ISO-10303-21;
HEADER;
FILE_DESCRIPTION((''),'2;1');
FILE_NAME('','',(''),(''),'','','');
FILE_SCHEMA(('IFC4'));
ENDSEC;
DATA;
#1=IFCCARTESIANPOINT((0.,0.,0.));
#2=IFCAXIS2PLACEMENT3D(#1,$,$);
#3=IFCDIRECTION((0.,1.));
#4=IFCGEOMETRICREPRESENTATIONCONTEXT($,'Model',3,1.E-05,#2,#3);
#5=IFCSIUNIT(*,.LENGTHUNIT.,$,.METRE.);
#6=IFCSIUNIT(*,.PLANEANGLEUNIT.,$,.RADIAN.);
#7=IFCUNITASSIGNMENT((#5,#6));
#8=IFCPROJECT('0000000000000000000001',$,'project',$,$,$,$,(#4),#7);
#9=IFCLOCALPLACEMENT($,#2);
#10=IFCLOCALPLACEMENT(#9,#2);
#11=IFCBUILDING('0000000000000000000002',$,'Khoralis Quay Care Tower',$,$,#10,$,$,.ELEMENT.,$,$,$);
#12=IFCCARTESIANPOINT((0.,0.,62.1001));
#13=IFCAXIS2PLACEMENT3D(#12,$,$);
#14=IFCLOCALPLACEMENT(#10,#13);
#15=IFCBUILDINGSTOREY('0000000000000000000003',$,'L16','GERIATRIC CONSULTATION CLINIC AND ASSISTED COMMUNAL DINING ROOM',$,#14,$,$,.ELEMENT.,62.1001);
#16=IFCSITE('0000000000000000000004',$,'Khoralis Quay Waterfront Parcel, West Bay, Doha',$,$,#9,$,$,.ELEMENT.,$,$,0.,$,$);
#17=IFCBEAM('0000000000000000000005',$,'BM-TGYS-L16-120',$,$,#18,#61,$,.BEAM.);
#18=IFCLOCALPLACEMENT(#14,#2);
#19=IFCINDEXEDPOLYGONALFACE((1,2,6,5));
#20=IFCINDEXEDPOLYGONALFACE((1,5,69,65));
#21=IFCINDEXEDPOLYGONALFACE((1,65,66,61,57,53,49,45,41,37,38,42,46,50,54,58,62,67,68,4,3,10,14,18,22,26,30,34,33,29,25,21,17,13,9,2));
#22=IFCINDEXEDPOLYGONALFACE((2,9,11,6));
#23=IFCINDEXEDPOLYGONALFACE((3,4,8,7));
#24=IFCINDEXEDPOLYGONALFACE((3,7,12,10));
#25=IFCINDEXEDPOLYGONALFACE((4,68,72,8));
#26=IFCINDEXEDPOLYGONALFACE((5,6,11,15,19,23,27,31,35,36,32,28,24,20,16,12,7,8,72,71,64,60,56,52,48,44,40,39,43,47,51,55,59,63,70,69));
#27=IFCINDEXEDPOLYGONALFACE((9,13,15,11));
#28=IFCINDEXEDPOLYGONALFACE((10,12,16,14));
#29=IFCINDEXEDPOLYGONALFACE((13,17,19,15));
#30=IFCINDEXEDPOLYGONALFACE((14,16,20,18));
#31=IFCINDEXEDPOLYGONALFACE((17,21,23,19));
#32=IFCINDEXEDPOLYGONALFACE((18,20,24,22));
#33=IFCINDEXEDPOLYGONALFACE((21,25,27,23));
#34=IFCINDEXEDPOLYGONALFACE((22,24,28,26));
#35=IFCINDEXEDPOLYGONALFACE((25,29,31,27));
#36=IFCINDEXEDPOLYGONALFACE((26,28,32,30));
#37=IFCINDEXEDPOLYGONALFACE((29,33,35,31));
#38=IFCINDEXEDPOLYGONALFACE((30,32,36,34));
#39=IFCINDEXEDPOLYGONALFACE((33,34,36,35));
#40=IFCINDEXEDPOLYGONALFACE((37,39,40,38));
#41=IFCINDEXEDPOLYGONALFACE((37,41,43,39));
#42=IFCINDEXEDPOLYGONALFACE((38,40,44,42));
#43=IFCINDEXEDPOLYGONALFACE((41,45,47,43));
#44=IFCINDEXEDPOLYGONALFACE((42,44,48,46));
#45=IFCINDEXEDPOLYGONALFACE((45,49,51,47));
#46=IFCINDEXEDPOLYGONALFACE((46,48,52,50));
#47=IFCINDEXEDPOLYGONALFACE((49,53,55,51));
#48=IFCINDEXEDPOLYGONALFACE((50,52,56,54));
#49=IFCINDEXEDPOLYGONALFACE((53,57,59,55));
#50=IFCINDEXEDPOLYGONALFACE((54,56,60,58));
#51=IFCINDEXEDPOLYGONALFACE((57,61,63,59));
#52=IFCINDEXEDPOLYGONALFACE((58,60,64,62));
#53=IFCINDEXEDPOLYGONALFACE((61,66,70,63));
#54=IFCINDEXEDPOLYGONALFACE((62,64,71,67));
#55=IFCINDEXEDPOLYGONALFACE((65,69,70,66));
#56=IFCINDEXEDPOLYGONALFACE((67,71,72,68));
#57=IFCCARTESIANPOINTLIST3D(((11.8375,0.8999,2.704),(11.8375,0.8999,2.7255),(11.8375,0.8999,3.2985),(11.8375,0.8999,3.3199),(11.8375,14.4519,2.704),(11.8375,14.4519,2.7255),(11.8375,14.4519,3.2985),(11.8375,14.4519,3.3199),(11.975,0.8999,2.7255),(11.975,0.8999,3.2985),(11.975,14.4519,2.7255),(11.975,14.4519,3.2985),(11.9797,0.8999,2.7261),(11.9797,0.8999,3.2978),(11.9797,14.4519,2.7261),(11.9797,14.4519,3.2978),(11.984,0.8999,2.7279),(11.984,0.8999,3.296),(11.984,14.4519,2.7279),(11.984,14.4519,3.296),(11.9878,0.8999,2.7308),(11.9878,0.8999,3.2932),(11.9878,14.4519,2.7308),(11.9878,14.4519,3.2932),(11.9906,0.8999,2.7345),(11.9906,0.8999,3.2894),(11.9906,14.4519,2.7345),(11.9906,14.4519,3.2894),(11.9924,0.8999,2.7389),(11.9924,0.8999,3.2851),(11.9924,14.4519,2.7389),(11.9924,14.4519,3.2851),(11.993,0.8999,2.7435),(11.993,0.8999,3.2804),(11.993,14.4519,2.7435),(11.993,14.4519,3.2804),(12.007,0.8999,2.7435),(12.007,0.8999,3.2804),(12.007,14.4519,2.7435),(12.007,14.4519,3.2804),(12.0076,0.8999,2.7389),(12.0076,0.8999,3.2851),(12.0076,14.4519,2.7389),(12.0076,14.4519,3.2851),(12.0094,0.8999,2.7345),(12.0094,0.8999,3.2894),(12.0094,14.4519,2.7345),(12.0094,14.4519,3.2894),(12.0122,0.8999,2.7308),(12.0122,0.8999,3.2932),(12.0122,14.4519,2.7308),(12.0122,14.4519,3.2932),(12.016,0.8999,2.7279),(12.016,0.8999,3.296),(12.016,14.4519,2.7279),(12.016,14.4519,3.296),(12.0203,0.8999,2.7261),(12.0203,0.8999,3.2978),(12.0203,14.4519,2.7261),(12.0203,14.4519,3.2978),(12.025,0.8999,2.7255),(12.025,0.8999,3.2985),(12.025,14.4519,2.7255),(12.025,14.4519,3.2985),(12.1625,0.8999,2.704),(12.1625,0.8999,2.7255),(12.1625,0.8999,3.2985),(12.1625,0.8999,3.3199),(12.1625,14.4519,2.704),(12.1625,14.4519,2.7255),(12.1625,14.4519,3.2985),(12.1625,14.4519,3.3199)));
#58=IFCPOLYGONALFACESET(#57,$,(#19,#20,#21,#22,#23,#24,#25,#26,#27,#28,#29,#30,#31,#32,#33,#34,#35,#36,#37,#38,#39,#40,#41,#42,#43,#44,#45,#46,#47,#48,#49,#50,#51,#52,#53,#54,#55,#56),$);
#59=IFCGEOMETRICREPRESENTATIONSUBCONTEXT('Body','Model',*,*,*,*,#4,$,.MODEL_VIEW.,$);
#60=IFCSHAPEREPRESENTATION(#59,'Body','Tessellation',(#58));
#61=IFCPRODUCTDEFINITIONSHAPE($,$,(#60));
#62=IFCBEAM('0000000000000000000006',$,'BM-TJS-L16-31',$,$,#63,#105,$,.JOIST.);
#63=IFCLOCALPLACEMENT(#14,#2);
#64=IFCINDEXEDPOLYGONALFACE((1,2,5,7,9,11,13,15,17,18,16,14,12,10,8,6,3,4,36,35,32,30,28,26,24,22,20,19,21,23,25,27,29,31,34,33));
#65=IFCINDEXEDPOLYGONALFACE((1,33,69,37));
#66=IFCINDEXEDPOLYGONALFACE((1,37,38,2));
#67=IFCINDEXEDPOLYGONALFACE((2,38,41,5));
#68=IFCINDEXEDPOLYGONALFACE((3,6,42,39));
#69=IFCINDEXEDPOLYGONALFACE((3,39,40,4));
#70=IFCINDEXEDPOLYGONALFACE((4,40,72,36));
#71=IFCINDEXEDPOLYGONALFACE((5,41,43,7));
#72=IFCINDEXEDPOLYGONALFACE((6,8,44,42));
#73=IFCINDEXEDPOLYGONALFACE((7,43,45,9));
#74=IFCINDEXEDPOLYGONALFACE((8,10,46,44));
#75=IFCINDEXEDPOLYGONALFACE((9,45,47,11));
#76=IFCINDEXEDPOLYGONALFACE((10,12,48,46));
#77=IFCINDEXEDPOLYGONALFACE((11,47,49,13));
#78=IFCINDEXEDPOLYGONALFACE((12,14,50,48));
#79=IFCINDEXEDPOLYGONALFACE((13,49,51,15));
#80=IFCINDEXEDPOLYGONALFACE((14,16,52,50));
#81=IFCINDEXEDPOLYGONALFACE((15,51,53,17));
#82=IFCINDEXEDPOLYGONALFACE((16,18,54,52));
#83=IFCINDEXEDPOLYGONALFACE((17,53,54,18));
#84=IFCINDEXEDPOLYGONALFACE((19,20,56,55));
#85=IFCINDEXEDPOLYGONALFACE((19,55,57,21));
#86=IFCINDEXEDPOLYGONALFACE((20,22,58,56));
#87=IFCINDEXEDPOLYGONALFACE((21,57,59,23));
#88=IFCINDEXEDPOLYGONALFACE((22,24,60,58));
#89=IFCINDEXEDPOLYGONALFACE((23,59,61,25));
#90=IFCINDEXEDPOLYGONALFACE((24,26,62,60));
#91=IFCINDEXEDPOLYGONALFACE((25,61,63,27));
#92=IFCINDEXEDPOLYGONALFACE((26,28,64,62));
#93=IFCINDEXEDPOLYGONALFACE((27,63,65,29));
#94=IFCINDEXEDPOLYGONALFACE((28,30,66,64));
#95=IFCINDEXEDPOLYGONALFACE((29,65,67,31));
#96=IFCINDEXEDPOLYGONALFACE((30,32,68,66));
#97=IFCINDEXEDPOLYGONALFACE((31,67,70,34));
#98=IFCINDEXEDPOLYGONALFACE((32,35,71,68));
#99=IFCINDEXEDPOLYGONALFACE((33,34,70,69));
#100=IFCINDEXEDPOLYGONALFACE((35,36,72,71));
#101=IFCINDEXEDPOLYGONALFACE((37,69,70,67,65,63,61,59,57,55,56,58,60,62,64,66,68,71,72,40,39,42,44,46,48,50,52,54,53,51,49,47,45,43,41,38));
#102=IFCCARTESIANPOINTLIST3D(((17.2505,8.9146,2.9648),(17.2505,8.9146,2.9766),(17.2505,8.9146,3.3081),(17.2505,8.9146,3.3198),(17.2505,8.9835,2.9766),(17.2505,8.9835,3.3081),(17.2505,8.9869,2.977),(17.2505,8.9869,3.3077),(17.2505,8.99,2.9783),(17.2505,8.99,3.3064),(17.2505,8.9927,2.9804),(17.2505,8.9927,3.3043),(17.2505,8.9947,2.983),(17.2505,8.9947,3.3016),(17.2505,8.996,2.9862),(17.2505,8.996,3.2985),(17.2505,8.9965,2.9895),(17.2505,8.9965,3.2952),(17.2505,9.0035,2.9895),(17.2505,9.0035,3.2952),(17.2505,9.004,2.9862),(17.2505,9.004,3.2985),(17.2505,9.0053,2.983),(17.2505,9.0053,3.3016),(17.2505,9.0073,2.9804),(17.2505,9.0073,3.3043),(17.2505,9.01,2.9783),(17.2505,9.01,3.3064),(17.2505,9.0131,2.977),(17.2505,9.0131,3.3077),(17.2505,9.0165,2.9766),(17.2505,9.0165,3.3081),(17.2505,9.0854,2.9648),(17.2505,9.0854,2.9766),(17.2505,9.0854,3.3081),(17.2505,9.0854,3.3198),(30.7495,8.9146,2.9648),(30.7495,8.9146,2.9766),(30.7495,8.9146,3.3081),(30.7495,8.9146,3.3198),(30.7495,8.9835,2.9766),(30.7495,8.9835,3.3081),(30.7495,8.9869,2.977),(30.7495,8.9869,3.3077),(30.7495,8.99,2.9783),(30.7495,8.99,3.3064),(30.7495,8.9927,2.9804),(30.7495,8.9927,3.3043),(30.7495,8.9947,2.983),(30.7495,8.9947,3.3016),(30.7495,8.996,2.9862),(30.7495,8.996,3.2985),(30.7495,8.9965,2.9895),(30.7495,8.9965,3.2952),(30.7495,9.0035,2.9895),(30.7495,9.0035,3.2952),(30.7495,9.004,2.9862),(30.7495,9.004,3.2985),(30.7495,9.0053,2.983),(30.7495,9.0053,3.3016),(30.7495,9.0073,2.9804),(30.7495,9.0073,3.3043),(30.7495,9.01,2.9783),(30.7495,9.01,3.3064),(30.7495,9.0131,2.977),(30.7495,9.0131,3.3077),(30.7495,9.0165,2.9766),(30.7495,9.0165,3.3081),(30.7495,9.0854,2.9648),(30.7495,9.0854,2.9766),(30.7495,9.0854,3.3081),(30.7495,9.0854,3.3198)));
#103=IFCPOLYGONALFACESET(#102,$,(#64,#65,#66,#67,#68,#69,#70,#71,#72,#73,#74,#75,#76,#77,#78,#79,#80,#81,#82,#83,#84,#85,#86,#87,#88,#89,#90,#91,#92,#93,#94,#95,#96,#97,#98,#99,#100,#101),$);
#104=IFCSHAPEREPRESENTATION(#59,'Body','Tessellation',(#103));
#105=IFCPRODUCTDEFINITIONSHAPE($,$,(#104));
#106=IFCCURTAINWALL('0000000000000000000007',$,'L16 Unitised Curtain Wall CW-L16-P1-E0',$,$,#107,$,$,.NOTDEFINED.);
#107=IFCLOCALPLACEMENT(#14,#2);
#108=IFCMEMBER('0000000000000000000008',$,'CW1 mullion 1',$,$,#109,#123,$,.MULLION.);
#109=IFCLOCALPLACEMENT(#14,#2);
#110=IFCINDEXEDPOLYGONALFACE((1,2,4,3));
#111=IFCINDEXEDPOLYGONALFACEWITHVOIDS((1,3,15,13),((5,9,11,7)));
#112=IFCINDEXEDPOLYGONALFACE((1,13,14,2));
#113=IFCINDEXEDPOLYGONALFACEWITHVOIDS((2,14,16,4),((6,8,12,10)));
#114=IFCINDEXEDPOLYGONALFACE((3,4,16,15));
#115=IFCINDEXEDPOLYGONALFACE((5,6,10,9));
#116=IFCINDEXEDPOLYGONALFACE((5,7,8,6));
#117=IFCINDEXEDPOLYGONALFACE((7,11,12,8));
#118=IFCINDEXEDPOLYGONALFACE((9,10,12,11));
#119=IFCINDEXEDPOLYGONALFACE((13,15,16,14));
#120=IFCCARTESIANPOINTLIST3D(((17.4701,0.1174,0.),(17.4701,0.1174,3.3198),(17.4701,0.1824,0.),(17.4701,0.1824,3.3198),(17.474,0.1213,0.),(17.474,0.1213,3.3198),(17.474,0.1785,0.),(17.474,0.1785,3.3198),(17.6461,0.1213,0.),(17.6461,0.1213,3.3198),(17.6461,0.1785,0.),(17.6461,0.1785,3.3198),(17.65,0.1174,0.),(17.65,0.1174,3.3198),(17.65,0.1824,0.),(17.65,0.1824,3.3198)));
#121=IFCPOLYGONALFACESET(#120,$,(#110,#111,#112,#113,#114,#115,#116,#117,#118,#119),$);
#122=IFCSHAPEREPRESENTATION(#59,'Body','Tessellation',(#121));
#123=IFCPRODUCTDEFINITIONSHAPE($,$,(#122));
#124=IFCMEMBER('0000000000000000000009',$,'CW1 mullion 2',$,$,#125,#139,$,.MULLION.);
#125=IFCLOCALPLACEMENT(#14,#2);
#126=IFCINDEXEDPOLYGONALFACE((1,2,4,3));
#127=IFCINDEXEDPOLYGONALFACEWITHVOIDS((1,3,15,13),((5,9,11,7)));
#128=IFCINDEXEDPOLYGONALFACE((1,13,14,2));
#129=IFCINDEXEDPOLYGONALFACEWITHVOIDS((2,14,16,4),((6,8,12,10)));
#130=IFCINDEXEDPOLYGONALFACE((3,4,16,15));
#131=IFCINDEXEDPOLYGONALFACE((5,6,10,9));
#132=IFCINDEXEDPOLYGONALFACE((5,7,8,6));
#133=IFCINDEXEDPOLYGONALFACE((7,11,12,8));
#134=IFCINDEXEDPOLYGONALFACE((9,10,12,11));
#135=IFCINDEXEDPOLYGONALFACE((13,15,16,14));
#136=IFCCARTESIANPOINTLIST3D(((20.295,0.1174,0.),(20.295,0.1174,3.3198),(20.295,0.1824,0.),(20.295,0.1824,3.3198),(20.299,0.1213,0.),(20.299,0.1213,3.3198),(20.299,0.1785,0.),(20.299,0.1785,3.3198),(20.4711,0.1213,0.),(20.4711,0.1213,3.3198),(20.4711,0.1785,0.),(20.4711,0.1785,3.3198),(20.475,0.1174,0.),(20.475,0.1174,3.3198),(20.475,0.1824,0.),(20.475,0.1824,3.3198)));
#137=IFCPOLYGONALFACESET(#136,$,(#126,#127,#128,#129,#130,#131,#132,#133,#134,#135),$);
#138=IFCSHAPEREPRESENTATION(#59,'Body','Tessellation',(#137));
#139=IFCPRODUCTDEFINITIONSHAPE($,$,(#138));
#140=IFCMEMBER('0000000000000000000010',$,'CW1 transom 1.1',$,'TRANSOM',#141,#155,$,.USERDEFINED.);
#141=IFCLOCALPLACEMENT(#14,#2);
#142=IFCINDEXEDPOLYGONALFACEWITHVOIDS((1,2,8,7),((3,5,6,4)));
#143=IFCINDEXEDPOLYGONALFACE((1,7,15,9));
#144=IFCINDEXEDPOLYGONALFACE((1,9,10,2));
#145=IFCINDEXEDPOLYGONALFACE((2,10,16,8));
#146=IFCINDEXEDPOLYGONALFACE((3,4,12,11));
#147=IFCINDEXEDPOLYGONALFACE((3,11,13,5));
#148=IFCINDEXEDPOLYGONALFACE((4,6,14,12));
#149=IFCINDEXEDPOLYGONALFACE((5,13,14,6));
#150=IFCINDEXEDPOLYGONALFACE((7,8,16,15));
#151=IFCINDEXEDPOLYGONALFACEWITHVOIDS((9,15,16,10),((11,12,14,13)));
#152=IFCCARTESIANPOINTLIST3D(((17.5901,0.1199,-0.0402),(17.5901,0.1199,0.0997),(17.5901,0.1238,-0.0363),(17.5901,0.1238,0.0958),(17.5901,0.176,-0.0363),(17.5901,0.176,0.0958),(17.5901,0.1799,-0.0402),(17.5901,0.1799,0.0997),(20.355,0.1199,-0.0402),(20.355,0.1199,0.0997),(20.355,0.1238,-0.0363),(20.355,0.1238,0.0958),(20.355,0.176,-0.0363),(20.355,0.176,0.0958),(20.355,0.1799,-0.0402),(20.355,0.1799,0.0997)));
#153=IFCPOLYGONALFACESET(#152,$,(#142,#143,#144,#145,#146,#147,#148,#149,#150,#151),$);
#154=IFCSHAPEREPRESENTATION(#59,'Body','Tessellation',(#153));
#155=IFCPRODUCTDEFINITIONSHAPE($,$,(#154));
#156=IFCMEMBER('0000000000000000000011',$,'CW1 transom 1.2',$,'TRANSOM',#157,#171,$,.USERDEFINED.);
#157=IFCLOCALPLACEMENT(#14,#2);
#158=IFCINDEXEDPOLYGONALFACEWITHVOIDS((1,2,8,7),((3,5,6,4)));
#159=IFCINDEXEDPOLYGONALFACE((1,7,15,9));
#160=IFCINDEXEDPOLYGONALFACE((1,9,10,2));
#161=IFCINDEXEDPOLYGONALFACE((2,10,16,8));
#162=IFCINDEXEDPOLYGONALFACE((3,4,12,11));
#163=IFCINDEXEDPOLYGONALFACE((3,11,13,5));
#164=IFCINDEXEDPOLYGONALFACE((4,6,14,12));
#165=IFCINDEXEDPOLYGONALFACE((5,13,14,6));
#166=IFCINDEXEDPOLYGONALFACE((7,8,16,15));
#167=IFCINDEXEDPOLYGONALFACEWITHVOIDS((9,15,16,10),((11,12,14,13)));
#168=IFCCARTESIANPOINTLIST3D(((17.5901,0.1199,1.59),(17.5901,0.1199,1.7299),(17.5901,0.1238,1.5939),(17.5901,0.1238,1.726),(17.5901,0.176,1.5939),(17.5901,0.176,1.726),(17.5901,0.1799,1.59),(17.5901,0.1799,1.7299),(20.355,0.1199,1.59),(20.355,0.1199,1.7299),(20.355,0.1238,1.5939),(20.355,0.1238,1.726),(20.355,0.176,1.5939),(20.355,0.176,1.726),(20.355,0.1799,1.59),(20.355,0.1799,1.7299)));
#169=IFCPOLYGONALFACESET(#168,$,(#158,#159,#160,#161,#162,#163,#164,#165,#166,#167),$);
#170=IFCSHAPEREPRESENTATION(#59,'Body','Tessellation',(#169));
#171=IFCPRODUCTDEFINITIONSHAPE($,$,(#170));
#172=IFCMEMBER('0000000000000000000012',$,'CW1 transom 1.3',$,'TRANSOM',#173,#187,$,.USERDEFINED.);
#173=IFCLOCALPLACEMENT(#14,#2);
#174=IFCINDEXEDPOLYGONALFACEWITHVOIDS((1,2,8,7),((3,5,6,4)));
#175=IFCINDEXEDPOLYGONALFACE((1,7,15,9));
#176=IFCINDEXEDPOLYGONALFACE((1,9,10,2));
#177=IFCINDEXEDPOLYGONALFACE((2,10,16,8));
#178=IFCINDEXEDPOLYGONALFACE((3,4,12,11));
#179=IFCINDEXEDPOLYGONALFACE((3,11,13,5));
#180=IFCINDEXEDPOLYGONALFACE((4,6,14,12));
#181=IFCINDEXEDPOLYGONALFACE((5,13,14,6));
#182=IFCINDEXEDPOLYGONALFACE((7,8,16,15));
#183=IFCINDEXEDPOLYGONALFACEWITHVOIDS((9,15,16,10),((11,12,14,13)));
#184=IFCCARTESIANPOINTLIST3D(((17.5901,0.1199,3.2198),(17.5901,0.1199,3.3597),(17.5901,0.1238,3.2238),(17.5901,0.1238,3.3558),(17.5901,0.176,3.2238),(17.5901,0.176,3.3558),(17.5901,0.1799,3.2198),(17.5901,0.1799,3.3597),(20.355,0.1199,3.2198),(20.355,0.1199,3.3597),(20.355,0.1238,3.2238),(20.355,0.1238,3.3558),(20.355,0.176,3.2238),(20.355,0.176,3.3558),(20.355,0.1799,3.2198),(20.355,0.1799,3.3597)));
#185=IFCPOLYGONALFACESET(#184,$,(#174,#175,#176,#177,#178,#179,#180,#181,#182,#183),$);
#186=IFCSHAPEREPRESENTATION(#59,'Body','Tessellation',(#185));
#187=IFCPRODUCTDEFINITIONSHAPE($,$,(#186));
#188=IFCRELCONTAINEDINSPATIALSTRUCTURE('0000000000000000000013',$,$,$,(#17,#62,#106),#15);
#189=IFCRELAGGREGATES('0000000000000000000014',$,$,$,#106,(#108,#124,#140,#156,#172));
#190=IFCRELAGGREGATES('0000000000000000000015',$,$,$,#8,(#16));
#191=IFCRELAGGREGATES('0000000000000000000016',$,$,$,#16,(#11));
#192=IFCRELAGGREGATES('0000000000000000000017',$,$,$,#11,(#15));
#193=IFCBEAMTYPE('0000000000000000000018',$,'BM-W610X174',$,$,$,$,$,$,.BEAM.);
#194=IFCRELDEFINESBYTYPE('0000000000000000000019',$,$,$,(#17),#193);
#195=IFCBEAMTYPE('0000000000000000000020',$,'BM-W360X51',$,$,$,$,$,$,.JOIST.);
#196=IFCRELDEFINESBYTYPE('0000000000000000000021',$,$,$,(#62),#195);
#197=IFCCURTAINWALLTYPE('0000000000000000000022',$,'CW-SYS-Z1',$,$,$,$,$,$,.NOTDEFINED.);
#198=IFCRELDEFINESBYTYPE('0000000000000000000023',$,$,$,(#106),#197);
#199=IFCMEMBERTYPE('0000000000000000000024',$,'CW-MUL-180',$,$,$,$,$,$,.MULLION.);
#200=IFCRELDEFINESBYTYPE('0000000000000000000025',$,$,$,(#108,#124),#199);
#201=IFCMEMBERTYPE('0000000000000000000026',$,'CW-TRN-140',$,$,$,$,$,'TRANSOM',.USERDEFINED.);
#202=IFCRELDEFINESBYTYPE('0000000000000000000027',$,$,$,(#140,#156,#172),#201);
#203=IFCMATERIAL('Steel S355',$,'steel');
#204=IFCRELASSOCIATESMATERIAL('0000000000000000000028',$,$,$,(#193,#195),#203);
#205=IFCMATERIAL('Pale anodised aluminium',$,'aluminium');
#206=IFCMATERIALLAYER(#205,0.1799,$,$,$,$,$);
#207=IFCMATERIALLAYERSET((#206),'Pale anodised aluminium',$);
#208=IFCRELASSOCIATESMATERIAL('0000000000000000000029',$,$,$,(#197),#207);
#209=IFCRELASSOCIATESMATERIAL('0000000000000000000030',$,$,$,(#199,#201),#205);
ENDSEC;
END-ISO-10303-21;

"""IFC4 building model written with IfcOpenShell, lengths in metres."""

from ifc_helpers import new_model, si_unit, direction, frame, origin, origin_2d, place, context, subcontext, project, spatial, hollow_rectangle, i_section, extrude, source, transform, mapped, material, layer, layer_set, material_profile, profile_set, type_object, element, aggregate, save


model = new_model("IFC4")

# Units and contexts
model_context = context("Model", 3, precision=1e-05, world=origin(), true_north=direction((0.0, 1.0)))
body_context = subcontext(model_context, "Body", "Model", "MODEL_VIEW")
ifc_project = project(units=[si_unit("LENGTHUNIT", "METRE"), si_unit("PLANEANGLEUNIT", "RADIAN")], contexts=[model_context])

# Site, building, storey
site_placement = place(None, origin())
site = spatial("IfcSite", under=ifc_project, at=site_placement, Name="Khoralis Quay Waterfront Parcel, West Bay, Doha", CompositionType="ELEMENT", RefElevation=0.0)
building_placement = place(site_placement, origin())
building = spatial("IfcBuilding", under=site, at=building_placement, Name="Khoralis Quay Care Tower", CompositionType="ELEMENT")
storey_placement = place(building_placement, frame((0.0, 0.0, 62.1001)))
storey = spatial("IfcBuildingStorey", under=building, at=storey_placement, Name="L16", Description="GERIATRIC CONSULTATION CLINIC AND ASSISTED COMMUNAL DINING ROOM", CompositionType="ELEMENT", Elevation=62.1001)

# Beams
ifc_material_1 = material(Name="Steel S355", Category="steel")
ifc_material_profile_1 = material_profile(ifc_material_1, i_section(OverallWidth=0.325, OverallDepth=0.616, WebThickness=0.0139, FlangeThickness=0.0215, FilletRadius=0.0181, at=origin_2d()), Name="Steel S355")
ifc_profile_set_1 = profile_set([ifc_material_profile_1], Name="Steel S355")
beam_type_1 = type_object("IfcBeamType", Name="BM-W610X174", PredefinedType="BEAM", material=ifc_profile_set_1)
shared_shape_1 = source(origin(), body_context, "Body", "SweptSolid", [
    extrude(i_section(OverallWidth=0.325, OverallDepth=0.616, WebThickness=0.0139, FlangeThickness=0.0215, FilletRadius=0.0181, at=origin_2d()), origin(), (0.0, 0.0, 1.0), 13.552),
])
beam_1_placement = place(storey_placement, frame((12.0, 0.8999, 3.012), z_axis=(0.0, 1.0, 0.0), x_axis=(-1.0, 0.0, 0.0)))
element("IfcBeam", 1, at=beam_1_placement, inside=storey, type_object=beam_type_1, Name="BM-TGYS-L16-120", PredefinedType="BEAM", context=body_context, shape_type="MappedRepresentation", body=[
    mapped(shared_shape_1, transform((0.0, 0.0, 0.0), scale=1.0)),
])
ifc_material_profile_2 = material_profile(ifc_material_1, i_section(OverallWidth=0.1709, OverallDepth=0.355, WebThickness=0.0071, FlangeThickness=0.0117, FilletRadius=0.0129, at=origin_2d()), Name="Steel S355")
ifc_profile_set_2 = profile_set([ifc_material_profile_2], Name="Steel S355")
beam_type_2 = type_object("IfcBeamType", Name="BM-W360X51", PredefinedType="JOIST", material=ifc_profile_set_2)
shared_shape_2 = source(origin(), body_context, "Body", "SweptSolid", [
    extrude(i_section(OverallWidth=0.1709, OverallDepth=0.355, WebThickness=0.0071, FlangeThickness=0.0117, FilletRadius=0.0129, at=origin_2d()), origin(), (0.0, 0.0, 1.0), 13.499),
])
beam_2_placement = place(storey_placement, frame((17.2505, 9.0, 3.1423), z_axis=(1.0, 0.0, 0.0), x_axis=(0.0, 1.0, 0.0)))
element("IfcBeam", 2, at=beam_2_placement, inside=storey, type_object=beam_type_2, Name="BM-TJS-L16-31", PredefinedType="JOIST", context=body_context, shape_type="MappedRepresentation", body=[
    mapped(shared_shape_2, transform((0.0, 0.0, 0.0), scale=1.0)),
])

# Curtain wall, members
ifc_material_2 = material(Name="Pale anodised aluminium", Category="aluminium")
ifc_layer_1 = layer(ifc_material_2, 0.1799)
ifc_layer_set_1 = layer_set([ifc_layer_1], Name="Pale anodised aluminium")
curtain_wall_type = type_object("IfcCurtainWallType", Name="CW-SYS-Z1", PredefinedType="NOTDEFINED", material=ifc_layer_set_1)
curtain_wall_placement = place(storey_placement, origin())
curtain_wall = element("IfcCurtainWall", 3, at=curtain_wall_placement, inside=storey, type_object=curtain_wall_type, Name="L16 Unitised Curtain Wall CW-L16-P1-E0", PredefinedType="NOTDEFINED")
ifc_material_profile_3 = material_profile(ifc_material_2, hollow_rectangle(XDim=0.0649, YDim=0.1799, WallThickness=0.0039, at=origin_2d()), Name="Pale anodised aluminium")
ifc_profile_set_3 = profile_set([ifc_material_profile_3], Name="Pale anodised aluminium")
member_type_1 = type_object("IfcMemberType", Name="CW-MUL-180", PredefinedType="MULLION", material=ifc_profile_set_3)
shared_shape_3 = source(origin(), body_context, "Body", "SweptSolid", [
    extrude(hollow_rectangle(XDim=0.0649, YDim=0.1799, WallThickness=0.0039, at=origin_2d()), origin(), (0.0, 0.0, 1.0), 3.3198),
])
member_1_placement = place(storey_placement, frame((17.5601, 0.1499, 0.0), z_axis=(0.0, 0.0, 1.0), x_axis=(0.0, 1.0, 0.0)))
member_1 = element("IfcMember", 4, at=member_1_placement, type_object=member_type_1, Name="CW1 mullion 1", PredefinedType="MULLION", context=body_context, shape_type="MappedRepresentation", body=[
    mapped(shared_shape_3, transform((0.0, 0.0, 0.0), scale=1.0)),
])
member_2_placement = place(storey_placement, frame((20.385, 0.1499, 0.0), z_axis=(0.0, 0.0, 1.0), x_axis=(0.0, 1.0, 0.0)))
member_2 = element("IfcMember", 5, at=member_2_placement, type_object=member_type_1, Name="CW1 mullion 2", PredefinedType="MULLION", context=body_context, shape_type="MappedRepresentation", body=[
    mapped(shared_shape_3, transform((0.0, 0.0, 0.0), scale=1.0)),
])
ifc_material_profile_4 = material_profile(ifc_material_2, hollow_rectangle(XDim=0.0601, YDim=0.1399, WallThickness=0.0039, at=origin_2d()), Name="Pale anodised aluminium")
ifc_profile_set_4 = profile_set([ifc_material_profile_4], Name="Pale anodised aluminium")
member_type_2 = type_object("IfcMemberType", Name="CW-TRN-140", ElementType="TRANSOM", PredefinedType="USERDEFINED", material=ifc_profile_set_4)
shared_shape_4 = source(origin(), body_context, "Body", "SweptSolid", [
    extrude(hollow_rectangle(XDim=0.0601, YDim=0.1399, WallThickness=0.0039, at=origin_2d()), origin(), (0.0, 0.0, 1.0), 2.7649),
])
member_3_placement = place(storey_placement, frame((17.5901, 0.1499, 0.0298), z_axis=(1.0, 0.0, 0.0), x_axis=(0.0, 1.0, 0.0)))
member_3 = element("IfcMember", 6, at=member_3_placement, type_object=member_type_2, Name="CW1 transom 1.1", ObjectType="TRANSOM", PredefinedType="USERDEFINED", context=body_context, shape_type="MappedRepresentation", body=[
    mapped(shared_shape_4, transform((0.0, 0.0, 0.0), scale=1.0)),
])
member_4_placement = place(storey_placement, frame((17.5901, 0.1499, 1.6599), z_axis=(1.0, 0.0, 0.0), x_axis=(0.0, 1.0, 0.0)))
member_4 = element("IfcMember", 7, at=member_4_placement, type_object=member_type_2, Name="CW1 transom 1.2", ObjectType="TRANSOM", PredefinedType="USERDEFINED", context=body_context, shape_type="MappedRepresentation", body=[
    mapped(shared_shape_4, transform((0.0, 0.0, 0.0), scale=1.0)),
])
member_5_placement = place(storey_placement, frame((17.5901, 0.1499, 3.2898), z_axis=(1.0, 0.0, 0.0), x_axis=(0.0, 1.0, 0.0)))
member_5 = element("IfcMember", 8, at=member_5_placement, type_object=member_type_2, Name="CW1 transom 1.3", ObjectType="TRANSOM", PredefinedType="USERDEFINED", context=body_context, shape_type="MappedRepresentation", body=[
    mapped(shared_shape_4, transform((0.0, 0.0, 0.0), scale=1.0)),
])
aggregate(curtain_wall, [member_1, member_2, member_3, member_4, member_5])

save(model, "model.ifc")
